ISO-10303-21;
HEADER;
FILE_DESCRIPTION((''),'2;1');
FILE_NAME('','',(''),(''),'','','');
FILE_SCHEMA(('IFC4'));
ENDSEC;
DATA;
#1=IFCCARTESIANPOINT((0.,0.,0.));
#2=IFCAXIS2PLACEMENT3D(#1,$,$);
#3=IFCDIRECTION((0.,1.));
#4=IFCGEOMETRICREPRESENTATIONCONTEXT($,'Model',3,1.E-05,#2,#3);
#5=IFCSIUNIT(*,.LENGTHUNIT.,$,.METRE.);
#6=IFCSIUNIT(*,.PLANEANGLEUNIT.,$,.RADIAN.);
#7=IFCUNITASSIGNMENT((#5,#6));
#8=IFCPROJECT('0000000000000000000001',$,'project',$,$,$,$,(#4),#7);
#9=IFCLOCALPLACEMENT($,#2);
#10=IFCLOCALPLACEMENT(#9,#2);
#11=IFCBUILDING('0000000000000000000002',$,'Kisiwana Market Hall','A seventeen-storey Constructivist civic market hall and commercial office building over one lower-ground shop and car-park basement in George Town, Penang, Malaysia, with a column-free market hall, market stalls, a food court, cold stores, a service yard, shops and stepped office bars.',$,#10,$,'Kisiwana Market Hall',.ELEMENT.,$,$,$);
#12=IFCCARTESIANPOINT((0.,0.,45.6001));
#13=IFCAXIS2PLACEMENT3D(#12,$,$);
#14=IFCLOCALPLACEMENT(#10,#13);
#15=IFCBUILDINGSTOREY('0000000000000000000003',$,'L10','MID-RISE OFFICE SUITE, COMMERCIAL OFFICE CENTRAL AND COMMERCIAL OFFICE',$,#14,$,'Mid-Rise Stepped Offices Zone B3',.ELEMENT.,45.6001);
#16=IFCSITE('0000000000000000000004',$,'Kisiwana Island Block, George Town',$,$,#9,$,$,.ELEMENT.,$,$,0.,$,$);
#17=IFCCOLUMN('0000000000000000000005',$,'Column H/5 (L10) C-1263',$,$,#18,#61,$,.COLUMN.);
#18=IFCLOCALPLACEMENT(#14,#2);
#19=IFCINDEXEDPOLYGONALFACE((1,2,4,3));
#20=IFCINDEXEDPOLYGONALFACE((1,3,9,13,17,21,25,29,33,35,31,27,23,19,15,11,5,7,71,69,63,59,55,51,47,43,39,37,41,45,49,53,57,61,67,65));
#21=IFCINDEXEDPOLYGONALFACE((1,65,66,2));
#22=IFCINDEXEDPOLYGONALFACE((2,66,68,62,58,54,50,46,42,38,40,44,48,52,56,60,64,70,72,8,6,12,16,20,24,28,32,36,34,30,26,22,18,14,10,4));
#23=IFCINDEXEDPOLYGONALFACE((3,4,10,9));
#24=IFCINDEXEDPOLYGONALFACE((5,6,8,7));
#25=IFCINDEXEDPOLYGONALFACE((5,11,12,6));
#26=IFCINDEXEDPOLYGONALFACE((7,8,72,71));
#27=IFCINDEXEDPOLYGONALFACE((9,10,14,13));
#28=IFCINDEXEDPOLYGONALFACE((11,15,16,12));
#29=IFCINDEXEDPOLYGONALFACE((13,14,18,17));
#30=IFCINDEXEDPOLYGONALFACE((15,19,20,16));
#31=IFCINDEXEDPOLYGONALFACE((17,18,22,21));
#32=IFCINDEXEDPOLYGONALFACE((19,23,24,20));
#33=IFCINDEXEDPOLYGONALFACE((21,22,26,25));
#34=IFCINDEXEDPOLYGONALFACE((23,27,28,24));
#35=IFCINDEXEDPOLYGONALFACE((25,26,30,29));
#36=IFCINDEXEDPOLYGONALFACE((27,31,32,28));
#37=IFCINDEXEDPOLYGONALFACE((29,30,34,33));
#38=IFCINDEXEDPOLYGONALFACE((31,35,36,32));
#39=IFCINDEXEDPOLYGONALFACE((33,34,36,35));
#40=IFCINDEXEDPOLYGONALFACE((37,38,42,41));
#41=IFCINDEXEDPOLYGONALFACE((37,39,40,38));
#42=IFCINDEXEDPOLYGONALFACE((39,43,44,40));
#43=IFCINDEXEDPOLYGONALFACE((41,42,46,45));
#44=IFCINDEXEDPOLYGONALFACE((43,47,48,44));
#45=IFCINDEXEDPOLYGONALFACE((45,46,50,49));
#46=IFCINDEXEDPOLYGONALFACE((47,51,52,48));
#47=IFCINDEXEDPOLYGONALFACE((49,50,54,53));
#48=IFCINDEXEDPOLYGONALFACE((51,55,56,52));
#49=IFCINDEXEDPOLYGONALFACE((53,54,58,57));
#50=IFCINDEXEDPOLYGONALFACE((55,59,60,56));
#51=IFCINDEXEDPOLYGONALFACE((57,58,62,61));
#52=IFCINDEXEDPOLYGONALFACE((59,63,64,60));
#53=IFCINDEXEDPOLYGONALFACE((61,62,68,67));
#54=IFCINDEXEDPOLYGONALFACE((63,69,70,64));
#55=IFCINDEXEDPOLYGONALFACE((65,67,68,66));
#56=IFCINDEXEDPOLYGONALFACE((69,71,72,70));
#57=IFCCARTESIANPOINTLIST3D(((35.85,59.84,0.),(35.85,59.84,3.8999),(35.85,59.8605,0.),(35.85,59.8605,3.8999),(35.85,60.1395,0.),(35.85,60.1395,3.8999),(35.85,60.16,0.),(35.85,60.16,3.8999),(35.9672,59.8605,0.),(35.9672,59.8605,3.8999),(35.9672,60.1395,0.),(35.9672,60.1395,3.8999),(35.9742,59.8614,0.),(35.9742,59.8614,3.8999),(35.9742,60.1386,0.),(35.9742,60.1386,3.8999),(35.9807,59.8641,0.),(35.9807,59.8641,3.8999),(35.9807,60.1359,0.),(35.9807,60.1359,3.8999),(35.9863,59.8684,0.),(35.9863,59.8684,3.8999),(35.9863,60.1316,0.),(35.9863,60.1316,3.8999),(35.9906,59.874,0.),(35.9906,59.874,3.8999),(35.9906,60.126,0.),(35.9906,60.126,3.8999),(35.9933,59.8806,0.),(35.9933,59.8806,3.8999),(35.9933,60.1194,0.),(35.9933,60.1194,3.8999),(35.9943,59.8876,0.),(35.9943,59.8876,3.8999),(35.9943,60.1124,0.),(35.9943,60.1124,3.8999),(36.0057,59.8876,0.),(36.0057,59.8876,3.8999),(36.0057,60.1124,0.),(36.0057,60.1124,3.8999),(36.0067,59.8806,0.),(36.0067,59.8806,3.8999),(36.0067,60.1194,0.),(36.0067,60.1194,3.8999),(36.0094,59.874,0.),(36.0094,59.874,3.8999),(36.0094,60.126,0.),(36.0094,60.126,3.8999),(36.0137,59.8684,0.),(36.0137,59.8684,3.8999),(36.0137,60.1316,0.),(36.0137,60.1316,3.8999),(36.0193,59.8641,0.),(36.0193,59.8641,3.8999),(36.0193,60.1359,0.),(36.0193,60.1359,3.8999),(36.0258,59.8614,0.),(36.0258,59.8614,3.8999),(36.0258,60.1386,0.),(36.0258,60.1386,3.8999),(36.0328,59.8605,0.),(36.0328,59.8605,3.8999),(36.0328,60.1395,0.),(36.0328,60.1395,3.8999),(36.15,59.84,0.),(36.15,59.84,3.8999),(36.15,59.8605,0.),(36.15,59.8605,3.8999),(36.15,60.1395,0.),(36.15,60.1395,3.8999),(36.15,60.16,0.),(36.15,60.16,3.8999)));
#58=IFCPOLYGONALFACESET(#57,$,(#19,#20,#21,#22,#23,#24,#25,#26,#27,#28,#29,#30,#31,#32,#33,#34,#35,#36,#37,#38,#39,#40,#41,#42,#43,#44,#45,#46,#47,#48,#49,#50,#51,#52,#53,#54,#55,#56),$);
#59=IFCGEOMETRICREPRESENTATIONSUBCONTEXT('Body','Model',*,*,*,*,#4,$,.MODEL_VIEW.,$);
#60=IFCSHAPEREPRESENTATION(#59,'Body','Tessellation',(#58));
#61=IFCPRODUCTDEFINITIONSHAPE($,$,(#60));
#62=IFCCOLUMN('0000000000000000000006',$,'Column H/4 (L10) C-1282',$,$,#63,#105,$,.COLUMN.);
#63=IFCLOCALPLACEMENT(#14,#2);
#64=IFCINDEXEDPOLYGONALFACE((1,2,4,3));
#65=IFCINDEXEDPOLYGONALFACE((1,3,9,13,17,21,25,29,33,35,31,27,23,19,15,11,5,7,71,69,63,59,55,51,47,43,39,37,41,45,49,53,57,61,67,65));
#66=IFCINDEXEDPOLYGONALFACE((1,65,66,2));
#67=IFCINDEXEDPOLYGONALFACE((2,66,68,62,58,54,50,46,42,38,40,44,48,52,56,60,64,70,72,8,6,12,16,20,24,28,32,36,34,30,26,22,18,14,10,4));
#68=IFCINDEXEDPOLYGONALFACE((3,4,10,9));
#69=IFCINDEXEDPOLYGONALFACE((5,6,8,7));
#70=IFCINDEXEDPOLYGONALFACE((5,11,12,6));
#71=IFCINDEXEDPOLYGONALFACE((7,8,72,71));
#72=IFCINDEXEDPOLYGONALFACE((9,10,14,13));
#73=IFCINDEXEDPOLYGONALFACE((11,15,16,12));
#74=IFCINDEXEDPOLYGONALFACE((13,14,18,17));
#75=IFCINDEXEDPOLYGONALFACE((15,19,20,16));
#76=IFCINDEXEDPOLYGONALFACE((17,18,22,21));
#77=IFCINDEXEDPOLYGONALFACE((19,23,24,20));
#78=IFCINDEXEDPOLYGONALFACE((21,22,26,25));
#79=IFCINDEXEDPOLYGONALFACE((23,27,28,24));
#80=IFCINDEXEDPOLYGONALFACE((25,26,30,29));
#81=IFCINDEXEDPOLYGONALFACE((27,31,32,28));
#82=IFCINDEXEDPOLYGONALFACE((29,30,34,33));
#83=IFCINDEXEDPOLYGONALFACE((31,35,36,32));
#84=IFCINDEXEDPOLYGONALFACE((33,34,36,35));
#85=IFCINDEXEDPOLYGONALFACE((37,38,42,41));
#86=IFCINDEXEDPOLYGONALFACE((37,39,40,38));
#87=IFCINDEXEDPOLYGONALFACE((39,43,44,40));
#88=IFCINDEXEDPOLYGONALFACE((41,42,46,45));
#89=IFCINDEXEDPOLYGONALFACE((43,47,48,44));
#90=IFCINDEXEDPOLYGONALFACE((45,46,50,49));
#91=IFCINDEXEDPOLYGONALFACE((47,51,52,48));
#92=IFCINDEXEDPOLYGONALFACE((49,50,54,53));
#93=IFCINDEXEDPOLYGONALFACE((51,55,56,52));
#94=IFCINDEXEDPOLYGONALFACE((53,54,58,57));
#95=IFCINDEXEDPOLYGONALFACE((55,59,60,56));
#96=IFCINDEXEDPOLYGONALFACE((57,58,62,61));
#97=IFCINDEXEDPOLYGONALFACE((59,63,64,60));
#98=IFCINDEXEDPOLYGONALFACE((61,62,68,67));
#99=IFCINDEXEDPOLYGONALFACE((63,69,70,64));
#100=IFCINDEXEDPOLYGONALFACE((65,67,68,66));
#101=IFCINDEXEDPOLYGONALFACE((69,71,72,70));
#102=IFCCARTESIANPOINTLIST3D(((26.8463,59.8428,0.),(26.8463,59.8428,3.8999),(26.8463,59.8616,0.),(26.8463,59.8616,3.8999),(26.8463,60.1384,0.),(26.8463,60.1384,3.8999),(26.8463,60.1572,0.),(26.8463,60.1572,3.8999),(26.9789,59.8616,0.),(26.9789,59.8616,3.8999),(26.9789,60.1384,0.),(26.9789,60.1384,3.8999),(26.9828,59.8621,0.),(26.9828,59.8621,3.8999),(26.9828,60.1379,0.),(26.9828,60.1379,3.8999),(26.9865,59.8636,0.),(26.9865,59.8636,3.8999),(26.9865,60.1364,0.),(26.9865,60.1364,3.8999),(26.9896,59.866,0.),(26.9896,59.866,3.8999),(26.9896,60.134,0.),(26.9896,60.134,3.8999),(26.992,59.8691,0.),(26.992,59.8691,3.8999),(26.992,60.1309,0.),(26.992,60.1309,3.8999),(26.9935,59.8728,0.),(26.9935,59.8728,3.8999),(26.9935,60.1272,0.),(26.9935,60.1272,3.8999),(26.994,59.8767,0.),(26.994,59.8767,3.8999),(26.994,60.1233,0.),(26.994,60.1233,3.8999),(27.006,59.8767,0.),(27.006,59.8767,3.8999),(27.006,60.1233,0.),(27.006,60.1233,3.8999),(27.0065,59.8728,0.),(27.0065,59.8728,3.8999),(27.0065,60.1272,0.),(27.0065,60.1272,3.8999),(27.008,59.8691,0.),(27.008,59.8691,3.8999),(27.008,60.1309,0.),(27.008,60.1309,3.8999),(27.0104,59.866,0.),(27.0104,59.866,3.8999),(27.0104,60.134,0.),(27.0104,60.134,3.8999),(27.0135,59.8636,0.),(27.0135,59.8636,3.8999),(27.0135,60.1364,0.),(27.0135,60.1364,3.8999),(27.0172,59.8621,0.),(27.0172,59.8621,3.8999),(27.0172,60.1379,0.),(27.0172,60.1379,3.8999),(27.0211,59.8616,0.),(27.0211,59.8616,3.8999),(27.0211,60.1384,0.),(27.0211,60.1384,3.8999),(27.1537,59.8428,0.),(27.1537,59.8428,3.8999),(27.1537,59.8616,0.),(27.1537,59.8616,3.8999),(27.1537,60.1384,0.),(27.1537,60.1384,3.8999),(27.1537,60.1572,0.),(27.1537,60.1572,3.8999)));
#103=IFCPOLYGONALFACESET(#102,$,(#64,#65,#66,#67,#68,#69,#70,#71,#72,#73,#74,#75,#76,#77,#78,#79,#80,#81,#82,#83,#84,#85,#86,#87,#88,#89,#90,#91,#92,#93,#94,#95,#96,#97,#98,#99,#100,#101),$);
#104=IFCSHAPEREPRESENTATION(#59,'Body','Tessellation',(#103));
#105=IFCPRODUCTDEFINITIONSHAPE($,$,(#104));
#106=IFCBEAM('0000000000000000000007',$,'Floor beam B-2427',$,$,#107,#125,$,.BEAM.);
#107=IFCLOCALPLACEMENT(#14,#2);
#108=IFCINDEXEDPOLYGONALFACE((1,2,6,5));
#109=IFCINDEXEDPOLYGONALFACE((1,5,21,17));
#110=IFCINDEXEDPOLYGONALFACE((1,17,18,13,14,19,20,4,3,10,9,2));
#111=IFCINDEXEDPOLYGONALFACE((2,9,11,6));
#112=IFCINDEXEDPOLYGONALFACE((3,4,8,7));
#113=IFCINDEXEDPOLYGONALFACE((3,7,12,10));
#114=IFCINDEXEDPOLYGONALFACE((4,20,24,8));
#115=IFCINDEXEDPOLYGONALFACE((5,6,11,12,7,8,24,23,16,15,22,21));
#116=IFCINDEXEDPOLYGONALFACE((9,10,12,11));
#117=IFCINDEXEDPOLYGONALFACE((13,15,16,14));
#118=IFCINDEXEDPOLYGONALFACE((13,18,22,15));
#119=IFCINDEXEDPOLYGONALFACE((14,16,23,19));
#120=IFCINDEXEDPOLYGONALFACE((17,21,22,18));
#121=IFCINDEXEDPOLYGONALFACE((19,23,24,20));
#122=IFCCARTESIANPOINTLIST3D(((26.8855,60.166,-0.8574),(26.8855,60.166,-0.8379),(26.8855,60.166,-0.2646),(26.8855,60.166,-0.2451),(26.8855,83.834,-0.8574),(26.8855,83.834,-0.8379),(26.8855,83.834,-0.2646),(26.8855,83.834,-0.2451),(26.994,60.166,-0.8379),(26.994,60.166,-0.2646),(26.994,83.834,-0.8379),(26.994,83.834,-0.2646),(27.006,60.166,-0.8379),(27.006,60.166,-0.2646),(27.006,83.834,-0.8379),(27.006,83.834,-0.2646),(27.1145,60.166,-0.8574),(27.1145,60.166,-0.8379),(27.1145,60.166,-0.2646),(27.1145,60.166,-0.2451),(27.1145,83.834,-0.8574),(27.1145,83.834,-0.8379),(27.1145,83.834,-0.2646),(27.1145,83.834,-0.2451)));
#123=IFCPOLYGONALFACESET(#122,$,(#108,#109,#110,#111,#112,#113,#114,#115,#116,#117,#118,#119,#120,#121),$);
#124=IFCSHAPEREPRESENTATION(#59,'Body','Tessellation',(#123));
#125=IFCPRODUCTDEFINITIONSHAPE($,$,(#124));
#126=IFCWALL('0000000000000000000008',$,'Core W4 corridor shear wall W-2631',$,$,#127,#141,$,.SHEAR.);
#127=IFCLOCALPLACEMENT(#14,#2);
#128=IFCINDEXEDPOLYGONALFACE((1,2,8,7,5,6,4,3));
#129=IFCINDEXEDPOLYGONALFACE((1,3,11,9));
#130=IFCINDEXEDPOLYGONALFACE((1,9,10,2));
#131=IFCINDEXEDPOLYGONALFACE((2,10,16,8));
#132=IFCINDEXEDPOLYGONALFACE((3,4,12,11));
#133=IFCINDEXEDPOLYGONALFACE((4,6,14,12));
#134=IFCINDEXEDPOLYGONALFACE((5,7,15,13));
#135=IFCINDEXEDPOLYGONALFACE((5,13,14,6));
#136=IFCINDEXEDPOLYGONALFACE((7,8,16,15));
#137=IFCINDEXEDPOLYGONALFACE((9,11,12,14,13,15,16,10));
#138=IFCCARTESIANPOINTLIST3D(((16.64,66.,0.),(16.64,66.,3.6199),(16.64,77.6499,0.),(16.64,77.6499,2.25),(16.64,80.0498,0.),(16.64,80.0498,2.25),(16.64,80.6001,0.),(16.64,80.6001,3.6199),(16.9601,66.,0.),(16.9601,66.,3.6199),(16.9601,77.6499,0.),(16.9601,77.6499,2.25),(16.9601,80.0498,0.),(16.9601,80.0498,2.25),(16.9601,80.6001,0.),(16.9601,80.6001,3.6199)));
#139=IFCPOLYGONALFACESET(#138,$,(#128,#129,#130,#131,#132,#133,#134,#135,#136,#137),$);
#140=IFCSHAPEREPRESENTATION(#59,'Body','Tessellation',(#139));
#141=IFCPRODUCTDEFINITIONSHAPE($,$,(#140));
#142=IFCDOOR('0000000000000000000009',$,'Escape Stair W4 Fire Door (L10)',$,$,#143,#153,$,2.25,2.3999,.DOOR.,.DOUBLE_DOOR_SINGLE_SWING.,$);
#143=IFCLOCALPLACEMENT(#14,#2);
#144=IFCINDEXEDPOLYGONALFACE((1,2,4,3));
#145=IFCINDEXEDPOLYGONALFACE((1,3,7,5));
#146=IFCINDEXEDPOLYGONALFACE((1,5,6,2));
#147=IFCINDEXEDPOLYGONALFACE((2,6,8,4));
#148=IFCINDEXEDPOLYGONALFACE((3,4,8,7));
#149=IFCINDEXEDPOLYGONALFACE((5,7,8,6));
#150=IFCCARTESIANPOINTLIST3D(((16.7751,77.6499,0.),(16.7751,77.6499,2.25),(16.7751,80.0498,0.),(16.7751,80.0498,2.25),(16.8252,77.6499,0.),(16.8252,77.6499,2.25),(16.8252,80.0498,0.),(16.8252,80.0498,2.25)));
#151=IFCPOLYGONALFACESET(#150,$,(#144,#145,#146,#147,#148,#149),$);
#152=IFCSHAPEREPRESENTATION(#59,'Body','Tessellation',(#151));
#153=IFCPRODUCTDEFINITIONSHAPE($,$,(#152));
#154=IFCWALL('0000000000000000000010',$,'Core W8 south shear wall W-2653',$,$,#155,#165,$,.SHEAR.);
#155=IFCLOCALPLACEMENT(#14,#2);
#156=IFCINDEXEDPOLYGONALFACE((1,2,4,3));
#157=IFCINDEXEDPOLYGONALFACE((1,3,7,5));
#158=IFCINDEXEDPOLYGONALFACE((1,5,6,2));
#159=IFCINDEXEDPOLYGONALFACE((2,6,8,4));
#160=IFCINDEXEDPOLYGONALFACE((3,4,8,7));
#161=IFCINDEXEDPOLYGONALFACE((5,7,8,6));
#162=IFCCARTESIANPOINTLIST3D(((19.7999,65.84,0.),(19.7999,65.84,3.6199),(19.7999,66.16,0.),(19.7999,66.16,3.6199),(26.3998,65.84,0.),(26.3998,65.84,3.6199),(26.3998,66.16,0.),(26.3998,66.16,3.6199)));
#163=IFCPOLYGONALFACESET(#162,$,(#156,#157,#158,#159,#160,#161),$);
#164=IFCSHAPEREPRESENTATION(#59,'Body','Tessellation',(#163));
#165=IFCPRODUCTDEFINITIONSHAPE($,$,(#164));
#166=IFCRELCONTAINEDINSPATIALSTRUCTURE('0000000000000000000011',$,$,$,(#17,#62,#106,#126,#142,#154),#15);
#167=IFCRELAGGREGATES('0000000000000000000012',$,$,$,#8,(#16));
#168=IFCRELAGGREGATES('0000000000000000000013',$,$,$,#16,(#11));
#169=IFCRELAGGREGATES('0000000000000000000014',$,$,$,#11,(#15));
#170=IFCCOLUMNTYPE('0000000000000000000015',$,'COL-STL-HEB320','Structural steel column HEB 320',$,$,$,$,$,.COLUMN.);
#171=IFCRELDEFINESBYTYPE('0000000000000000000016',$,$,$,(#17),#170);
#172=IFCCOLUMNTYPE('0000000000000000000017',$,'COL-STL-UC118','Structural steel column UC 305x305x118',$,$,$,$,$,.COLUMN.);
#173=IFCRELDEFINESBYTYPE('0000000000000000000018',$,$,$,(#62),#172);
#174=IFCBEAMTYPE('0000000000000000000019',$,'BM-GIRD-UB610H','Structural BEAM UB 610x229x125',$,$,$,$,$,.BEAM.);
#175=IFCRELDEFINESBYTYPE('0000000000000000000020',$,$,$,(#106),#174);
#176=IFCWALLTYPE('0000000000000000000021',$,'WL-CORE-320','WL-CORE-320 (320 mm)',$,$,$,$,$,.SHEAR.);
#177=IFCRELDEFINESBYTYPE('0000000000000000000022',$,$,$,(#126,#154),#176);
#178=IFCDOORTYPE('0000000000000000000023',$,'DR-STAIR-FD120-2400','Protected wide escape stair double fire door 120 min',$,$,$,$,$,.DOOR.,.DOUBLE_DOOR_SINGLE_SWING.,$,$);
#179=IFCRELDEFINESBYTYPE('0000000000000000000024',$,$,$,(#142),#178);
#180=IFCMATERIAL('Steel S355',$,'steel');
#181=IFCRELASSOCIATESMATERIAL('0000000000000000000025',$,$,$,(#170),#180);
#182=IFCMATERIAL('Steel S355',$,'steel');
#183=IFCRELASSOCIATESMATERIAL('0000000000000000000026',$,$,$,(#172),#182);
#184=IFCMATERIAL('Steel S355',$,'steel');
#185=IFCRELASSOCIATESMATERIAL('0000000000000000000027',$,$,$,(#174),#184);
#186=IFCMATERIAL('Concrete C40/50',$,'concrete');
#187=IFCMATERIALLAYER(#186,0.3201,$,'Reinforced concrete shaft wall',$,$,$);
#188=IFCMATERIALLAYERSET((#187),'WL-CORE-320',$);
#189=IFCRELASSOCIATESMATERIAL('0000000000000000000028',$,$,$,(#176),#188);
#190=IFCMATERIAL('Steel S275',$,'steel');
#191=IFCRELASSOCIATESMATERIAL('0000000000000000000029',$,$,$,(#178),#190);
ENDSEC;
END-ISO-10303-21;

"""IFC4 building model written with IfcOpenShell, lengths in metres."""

from ifc_helpers import new_model, si_unit, direction, frame, frame_2d, origin, origin_2d, place, context, subcontext, project, spatial, rectangle, i_section, extrude, material, layer, layer_set, material_profile, profile_set, type_object, element, fill, save


model = new_model("IFC4")

# Units and contexts
model_context = context("Model", 3, precision=1e-05, world=origin(), true_north=direction((0.0, 1.0)))
body_context = subcontext(model_context, "Body", "Model", "MODEL_VIEW")
ifc_project = project(units=[si_unit("LENGTHUNIT", "METRE"), si_unit("PLANEANGLEUNIT", "RADIAN")], contexts=[model_context])

# Site, building, storey
site_placement = place(None, origin())
site = spatial("IfcSite", under=ifc_project, at=site_placement, Name="Kisiwana Island Block, George Town", CompositionType="ELEMENT", RefElevation=0.0)
building_placement = place(site_placement, origin())
building = spatial("IfcBuilding", under=site, at=building_placement, Name="Kisiwana Market Hall", Description="A seventeen-storey Constructivist civic market hall and commercial office building over one lower-ground shop and car-park basement in George Town, Penang, Malaysia, with a column-free market hall, market stalls, a food court, cold stores, a service yard, shops and stepped office bars.", LongName="Kisiwana Market Hall", CompositionType="ELEMENT")
storey_placement = place(building_placement, frame((0.0, 0.0, 45.6001)))
storey = spatial("IfcBuildingStorey", under=building, at=storey_placement, Name="L10", Description="MID-RISE OFFICE SUITE, COMMERCIAL OFFICE CENTRAL AND COMMERCIAL OFFICE", LongName="Mid-Rise Stepped Offices Zone B3", CompositionType="ELEMENT", Elevation=45.6001)

# Columns
ifc_material_1 = material(Name="Steel S355", Category="steel")
ifc_material_profile_1 = material_profile(ifc_material_1, i_section(OverallWidth=0.3, OverallDepth=0.3201, WebThickness=0.0115, FlangeThickness=0.0205, FilletRadius=0.0271, at=origin_2d()), Name="HEB 320")
ifc_profile_set_1 = profile_set([ifc_material_profile_1], Name="Steel S355")
column_type_1 = type_object("IfcColumnType", Name="COL-STL-HEB320", Description="Structural steel column HEB 320", PredefinedType="COLUMN", material=ifc_profile_set_1)
column_1_placement = place(storey_placement, frame((36.0, 60.0, 0.0), z_axis=(0.0, 0.0, 1.0), x_axis=(1.0, 0.0, 0.0)))
element("IfcColumn", 1, at=column_1_placement, inside=storey, type_object=column_type_1, Name="Column H/5 (L10) C-1263", PredefinedType="COLUMN", context=body_context, shape_type="SweptSolid", body=[
    extrude(i_section(OverallWidth=0.3, OverallDepth=0.3201, WebThickness=0.0115, FlangeThickness=0.0205, FilletRadius=0.0271, at=origin_2d()), origin(), (0.0, 0.0, 1.0), 3.8999),
])
ifc_material_2 = material(Name="Steel S355", Category="steel")
ifc_material_profile_2 = material_profile(ifc_material_2, i_section(OverallWidth=0.3074, OverallDepth=0.3145, WebThickness=0.012, FlangeThickness=0.0188, FilletRadius=0.0151, at=origin_2d()), Name="UC 305x305x118")
ifc_profile_set_2 = profile_set([ifc_material_profile_2], Name="Steel S355")
column_type_2 = type_object("IfcColumnType", Name="COL-STL-UC118", Description="Structural steel column UC 305x305x118", PredefinedType="COLUMN", material=ifc_profile_set_2)
column_2_placement = place(storey_placement, frame((27.0, 60.0, 0.0), z_axis=(0.0, 0.0, 1.0), x_axis=(1.0, 0.0, 0.0)))
element("IfcColumn", 2, at=column_2_placement, inside=storey, type_object=column_type_2, Name="Column H/4 (L10) C-1282", PredefinedType="COLUMN", context=body_context, shape_type="SweptSolid", body=[
    extrude(i_section(OverallWidth=0.3074, OverallDepth=0.3145, WebThickness=0.012, FlangeThickness=0.0188, FilletRadius=0.0151, at=origin_2d()), origin(), (0.0, 0.0, 1.0), 3.8999),
])

# Beam
ifc_material_3 = material(Name="Steel S355", Category="steel")
ifc_material_profile_3 = material_profile(ifc_material_3, i_section(OverallWidth=0.229, OverallDepth=0.6123, WebThickness=0.012, FlangeThickness=0.0195, at=origin_2d()), Name="UB 610x229x125")
ifc_profile_set_3 = profile_set([ifc_material_profile_3], Name="Steel S355")
beam_type = type_object("IfcBeamType", Name="BM-GIRD-UB610H", Description="Structural BEAM UB 610x229x125", PredefinedType="BEAM", material=ifc_profile_set_3)
beam_placement = place(storey_placement, frame((27.0, 60.166, -0.5513), z_axis=(0.0, 1.0, 0.0), x_axis=(-1.0, 0.0, 0.0)))
element("IfcBeam", 3, at=beam_placement, inside=storey, type_object=beam_type, Name="Floor beam B-2427", PredefinedType="BEAM", context=body_context, shape_type="SweptSolid", body=[
    extrude(i_section(OverallWidth=0.229, OverallDepth=0.6123, WebThickness=0.012, FlangeThickness=0.0195, at=origin_2d()), origin(), (0.0, 0.0, 1.0), 23.668),
])

# Wall, opening, door
ifc_material_4 = material(Name="Concrete C40/50", Category="concrete")
ifc_layer_1 = layer(ifc_material_4, 0.3201, Name="Reinforced concrete shaft wall")
ifc_layer_set_1 = layer_set([ifc_layer_1], Name="WL-CORE-320")
wall_type_1 = type_object("IfcWallType", Name="WL-CORE-320", Description="WL-CORE-320 (320 mm)", PredefinedType="SHEAR", material=ifc_layer_set_1)
wall_1_placement = place(storey_placement, frame((16.8, 66.0, 0.0), z_axis=(0.0, 0.0, 1.0), x_axis=(0.0, 1.0, 0.0)))
wall_1 = element("IfcWall", 4, at=wall_1_placement, inside=storey, type_object=wall_type_1, Name="Core W4 corridor shear wall W-2631", PredefinedType="SHEAR", context=body_context, shape_type="SweptSolid", body=[
    extrude(rectangle(XDim=14.6001, YDim=0.3201, at=frame_2d((7.3, 0.0))), origin(), (0.0, 0.0, 1.0), 3.6199),
])
opening_1_placement = place(wall_1_placement, frame((11.6499, 0.0, 0.0)))
opening_1 = element("IfcOpeningElement", 5, at=opening_1_placement, cuts=wall_1, PredefinedType="OPENING", context=body_context, shape_type="SweptSolid", body=[
    extrude(rectangle(XDim=2.3999, YDim=2.25, at=frame_2d((1.2, 1.125))), frame((0.0, 0.1719, 0.0), z_axis=(0.0, -1.0, 0.0), x_axis=(1.0, 0.0, 0.0)), (0.0, 0.0, 1.0), 0.344),
])
ifc_material_5 = material(Name="Steel S275", Category="steel")
door_type_1 = type_object("IfcDoorType", Name="DR-STAIR-FD120-2400", Description="Protected wide escape stair double fire door 120 min", OperationType="DOUBLE_DOOR_SINGLE_SWING", PredefinedType="DOOR", material=ifc_material_5)
door_1_placement = place(opening_1_placement, origin())
door_1 = element("IfcDoor", 6, at=door_1_placement, inside=storey, type_object=door_type_1, Name="Escape Stair W4 Fire Door (L10)", OperationType="DOUBLE_DOOR_SINGLE_SWING", OverallHeight=2.25, OverallWidth=2.3999, PredefinedType="DOOR", context=body_context, shape_type="SweptSolid", body=[
    extrude(rectangle(XDim=2.3999, YDim=2.25, at=frame_2d((1.2, 1.125))), frame((0.0, 0.0249, 0.0), z_axis=(0.0, -1.0, 0.0), x_axis=(1.0, 0.0, 0.0)), (0.0, 0.0, 1.0), 0.05),
])
fill(opening_1, door_1)

# Wall
wall_2_placement = place(storey_placement, frame((19.8, 66.0, 0.0), z_axis=(0.0, 0.0, 1.0), x_axis=(1.0, 0.0, 0.0)))
element("IfcWall", 7, at=wall_2_placement, inside=storey, type_object=wall_type_1, Name="Core W8 south shear wall W-2653", PredefinedType="SHEAR", context=body_context, shape_type="SweptSolid", body=[
    extrude(rectangle(XDim=6.5999, YDim=0.3201, at=frame_2d((3.2998, 0.0))), origin(), (0.0, 0.0, 1.0), 3.6199),
])

save(model, "model.ifc")
